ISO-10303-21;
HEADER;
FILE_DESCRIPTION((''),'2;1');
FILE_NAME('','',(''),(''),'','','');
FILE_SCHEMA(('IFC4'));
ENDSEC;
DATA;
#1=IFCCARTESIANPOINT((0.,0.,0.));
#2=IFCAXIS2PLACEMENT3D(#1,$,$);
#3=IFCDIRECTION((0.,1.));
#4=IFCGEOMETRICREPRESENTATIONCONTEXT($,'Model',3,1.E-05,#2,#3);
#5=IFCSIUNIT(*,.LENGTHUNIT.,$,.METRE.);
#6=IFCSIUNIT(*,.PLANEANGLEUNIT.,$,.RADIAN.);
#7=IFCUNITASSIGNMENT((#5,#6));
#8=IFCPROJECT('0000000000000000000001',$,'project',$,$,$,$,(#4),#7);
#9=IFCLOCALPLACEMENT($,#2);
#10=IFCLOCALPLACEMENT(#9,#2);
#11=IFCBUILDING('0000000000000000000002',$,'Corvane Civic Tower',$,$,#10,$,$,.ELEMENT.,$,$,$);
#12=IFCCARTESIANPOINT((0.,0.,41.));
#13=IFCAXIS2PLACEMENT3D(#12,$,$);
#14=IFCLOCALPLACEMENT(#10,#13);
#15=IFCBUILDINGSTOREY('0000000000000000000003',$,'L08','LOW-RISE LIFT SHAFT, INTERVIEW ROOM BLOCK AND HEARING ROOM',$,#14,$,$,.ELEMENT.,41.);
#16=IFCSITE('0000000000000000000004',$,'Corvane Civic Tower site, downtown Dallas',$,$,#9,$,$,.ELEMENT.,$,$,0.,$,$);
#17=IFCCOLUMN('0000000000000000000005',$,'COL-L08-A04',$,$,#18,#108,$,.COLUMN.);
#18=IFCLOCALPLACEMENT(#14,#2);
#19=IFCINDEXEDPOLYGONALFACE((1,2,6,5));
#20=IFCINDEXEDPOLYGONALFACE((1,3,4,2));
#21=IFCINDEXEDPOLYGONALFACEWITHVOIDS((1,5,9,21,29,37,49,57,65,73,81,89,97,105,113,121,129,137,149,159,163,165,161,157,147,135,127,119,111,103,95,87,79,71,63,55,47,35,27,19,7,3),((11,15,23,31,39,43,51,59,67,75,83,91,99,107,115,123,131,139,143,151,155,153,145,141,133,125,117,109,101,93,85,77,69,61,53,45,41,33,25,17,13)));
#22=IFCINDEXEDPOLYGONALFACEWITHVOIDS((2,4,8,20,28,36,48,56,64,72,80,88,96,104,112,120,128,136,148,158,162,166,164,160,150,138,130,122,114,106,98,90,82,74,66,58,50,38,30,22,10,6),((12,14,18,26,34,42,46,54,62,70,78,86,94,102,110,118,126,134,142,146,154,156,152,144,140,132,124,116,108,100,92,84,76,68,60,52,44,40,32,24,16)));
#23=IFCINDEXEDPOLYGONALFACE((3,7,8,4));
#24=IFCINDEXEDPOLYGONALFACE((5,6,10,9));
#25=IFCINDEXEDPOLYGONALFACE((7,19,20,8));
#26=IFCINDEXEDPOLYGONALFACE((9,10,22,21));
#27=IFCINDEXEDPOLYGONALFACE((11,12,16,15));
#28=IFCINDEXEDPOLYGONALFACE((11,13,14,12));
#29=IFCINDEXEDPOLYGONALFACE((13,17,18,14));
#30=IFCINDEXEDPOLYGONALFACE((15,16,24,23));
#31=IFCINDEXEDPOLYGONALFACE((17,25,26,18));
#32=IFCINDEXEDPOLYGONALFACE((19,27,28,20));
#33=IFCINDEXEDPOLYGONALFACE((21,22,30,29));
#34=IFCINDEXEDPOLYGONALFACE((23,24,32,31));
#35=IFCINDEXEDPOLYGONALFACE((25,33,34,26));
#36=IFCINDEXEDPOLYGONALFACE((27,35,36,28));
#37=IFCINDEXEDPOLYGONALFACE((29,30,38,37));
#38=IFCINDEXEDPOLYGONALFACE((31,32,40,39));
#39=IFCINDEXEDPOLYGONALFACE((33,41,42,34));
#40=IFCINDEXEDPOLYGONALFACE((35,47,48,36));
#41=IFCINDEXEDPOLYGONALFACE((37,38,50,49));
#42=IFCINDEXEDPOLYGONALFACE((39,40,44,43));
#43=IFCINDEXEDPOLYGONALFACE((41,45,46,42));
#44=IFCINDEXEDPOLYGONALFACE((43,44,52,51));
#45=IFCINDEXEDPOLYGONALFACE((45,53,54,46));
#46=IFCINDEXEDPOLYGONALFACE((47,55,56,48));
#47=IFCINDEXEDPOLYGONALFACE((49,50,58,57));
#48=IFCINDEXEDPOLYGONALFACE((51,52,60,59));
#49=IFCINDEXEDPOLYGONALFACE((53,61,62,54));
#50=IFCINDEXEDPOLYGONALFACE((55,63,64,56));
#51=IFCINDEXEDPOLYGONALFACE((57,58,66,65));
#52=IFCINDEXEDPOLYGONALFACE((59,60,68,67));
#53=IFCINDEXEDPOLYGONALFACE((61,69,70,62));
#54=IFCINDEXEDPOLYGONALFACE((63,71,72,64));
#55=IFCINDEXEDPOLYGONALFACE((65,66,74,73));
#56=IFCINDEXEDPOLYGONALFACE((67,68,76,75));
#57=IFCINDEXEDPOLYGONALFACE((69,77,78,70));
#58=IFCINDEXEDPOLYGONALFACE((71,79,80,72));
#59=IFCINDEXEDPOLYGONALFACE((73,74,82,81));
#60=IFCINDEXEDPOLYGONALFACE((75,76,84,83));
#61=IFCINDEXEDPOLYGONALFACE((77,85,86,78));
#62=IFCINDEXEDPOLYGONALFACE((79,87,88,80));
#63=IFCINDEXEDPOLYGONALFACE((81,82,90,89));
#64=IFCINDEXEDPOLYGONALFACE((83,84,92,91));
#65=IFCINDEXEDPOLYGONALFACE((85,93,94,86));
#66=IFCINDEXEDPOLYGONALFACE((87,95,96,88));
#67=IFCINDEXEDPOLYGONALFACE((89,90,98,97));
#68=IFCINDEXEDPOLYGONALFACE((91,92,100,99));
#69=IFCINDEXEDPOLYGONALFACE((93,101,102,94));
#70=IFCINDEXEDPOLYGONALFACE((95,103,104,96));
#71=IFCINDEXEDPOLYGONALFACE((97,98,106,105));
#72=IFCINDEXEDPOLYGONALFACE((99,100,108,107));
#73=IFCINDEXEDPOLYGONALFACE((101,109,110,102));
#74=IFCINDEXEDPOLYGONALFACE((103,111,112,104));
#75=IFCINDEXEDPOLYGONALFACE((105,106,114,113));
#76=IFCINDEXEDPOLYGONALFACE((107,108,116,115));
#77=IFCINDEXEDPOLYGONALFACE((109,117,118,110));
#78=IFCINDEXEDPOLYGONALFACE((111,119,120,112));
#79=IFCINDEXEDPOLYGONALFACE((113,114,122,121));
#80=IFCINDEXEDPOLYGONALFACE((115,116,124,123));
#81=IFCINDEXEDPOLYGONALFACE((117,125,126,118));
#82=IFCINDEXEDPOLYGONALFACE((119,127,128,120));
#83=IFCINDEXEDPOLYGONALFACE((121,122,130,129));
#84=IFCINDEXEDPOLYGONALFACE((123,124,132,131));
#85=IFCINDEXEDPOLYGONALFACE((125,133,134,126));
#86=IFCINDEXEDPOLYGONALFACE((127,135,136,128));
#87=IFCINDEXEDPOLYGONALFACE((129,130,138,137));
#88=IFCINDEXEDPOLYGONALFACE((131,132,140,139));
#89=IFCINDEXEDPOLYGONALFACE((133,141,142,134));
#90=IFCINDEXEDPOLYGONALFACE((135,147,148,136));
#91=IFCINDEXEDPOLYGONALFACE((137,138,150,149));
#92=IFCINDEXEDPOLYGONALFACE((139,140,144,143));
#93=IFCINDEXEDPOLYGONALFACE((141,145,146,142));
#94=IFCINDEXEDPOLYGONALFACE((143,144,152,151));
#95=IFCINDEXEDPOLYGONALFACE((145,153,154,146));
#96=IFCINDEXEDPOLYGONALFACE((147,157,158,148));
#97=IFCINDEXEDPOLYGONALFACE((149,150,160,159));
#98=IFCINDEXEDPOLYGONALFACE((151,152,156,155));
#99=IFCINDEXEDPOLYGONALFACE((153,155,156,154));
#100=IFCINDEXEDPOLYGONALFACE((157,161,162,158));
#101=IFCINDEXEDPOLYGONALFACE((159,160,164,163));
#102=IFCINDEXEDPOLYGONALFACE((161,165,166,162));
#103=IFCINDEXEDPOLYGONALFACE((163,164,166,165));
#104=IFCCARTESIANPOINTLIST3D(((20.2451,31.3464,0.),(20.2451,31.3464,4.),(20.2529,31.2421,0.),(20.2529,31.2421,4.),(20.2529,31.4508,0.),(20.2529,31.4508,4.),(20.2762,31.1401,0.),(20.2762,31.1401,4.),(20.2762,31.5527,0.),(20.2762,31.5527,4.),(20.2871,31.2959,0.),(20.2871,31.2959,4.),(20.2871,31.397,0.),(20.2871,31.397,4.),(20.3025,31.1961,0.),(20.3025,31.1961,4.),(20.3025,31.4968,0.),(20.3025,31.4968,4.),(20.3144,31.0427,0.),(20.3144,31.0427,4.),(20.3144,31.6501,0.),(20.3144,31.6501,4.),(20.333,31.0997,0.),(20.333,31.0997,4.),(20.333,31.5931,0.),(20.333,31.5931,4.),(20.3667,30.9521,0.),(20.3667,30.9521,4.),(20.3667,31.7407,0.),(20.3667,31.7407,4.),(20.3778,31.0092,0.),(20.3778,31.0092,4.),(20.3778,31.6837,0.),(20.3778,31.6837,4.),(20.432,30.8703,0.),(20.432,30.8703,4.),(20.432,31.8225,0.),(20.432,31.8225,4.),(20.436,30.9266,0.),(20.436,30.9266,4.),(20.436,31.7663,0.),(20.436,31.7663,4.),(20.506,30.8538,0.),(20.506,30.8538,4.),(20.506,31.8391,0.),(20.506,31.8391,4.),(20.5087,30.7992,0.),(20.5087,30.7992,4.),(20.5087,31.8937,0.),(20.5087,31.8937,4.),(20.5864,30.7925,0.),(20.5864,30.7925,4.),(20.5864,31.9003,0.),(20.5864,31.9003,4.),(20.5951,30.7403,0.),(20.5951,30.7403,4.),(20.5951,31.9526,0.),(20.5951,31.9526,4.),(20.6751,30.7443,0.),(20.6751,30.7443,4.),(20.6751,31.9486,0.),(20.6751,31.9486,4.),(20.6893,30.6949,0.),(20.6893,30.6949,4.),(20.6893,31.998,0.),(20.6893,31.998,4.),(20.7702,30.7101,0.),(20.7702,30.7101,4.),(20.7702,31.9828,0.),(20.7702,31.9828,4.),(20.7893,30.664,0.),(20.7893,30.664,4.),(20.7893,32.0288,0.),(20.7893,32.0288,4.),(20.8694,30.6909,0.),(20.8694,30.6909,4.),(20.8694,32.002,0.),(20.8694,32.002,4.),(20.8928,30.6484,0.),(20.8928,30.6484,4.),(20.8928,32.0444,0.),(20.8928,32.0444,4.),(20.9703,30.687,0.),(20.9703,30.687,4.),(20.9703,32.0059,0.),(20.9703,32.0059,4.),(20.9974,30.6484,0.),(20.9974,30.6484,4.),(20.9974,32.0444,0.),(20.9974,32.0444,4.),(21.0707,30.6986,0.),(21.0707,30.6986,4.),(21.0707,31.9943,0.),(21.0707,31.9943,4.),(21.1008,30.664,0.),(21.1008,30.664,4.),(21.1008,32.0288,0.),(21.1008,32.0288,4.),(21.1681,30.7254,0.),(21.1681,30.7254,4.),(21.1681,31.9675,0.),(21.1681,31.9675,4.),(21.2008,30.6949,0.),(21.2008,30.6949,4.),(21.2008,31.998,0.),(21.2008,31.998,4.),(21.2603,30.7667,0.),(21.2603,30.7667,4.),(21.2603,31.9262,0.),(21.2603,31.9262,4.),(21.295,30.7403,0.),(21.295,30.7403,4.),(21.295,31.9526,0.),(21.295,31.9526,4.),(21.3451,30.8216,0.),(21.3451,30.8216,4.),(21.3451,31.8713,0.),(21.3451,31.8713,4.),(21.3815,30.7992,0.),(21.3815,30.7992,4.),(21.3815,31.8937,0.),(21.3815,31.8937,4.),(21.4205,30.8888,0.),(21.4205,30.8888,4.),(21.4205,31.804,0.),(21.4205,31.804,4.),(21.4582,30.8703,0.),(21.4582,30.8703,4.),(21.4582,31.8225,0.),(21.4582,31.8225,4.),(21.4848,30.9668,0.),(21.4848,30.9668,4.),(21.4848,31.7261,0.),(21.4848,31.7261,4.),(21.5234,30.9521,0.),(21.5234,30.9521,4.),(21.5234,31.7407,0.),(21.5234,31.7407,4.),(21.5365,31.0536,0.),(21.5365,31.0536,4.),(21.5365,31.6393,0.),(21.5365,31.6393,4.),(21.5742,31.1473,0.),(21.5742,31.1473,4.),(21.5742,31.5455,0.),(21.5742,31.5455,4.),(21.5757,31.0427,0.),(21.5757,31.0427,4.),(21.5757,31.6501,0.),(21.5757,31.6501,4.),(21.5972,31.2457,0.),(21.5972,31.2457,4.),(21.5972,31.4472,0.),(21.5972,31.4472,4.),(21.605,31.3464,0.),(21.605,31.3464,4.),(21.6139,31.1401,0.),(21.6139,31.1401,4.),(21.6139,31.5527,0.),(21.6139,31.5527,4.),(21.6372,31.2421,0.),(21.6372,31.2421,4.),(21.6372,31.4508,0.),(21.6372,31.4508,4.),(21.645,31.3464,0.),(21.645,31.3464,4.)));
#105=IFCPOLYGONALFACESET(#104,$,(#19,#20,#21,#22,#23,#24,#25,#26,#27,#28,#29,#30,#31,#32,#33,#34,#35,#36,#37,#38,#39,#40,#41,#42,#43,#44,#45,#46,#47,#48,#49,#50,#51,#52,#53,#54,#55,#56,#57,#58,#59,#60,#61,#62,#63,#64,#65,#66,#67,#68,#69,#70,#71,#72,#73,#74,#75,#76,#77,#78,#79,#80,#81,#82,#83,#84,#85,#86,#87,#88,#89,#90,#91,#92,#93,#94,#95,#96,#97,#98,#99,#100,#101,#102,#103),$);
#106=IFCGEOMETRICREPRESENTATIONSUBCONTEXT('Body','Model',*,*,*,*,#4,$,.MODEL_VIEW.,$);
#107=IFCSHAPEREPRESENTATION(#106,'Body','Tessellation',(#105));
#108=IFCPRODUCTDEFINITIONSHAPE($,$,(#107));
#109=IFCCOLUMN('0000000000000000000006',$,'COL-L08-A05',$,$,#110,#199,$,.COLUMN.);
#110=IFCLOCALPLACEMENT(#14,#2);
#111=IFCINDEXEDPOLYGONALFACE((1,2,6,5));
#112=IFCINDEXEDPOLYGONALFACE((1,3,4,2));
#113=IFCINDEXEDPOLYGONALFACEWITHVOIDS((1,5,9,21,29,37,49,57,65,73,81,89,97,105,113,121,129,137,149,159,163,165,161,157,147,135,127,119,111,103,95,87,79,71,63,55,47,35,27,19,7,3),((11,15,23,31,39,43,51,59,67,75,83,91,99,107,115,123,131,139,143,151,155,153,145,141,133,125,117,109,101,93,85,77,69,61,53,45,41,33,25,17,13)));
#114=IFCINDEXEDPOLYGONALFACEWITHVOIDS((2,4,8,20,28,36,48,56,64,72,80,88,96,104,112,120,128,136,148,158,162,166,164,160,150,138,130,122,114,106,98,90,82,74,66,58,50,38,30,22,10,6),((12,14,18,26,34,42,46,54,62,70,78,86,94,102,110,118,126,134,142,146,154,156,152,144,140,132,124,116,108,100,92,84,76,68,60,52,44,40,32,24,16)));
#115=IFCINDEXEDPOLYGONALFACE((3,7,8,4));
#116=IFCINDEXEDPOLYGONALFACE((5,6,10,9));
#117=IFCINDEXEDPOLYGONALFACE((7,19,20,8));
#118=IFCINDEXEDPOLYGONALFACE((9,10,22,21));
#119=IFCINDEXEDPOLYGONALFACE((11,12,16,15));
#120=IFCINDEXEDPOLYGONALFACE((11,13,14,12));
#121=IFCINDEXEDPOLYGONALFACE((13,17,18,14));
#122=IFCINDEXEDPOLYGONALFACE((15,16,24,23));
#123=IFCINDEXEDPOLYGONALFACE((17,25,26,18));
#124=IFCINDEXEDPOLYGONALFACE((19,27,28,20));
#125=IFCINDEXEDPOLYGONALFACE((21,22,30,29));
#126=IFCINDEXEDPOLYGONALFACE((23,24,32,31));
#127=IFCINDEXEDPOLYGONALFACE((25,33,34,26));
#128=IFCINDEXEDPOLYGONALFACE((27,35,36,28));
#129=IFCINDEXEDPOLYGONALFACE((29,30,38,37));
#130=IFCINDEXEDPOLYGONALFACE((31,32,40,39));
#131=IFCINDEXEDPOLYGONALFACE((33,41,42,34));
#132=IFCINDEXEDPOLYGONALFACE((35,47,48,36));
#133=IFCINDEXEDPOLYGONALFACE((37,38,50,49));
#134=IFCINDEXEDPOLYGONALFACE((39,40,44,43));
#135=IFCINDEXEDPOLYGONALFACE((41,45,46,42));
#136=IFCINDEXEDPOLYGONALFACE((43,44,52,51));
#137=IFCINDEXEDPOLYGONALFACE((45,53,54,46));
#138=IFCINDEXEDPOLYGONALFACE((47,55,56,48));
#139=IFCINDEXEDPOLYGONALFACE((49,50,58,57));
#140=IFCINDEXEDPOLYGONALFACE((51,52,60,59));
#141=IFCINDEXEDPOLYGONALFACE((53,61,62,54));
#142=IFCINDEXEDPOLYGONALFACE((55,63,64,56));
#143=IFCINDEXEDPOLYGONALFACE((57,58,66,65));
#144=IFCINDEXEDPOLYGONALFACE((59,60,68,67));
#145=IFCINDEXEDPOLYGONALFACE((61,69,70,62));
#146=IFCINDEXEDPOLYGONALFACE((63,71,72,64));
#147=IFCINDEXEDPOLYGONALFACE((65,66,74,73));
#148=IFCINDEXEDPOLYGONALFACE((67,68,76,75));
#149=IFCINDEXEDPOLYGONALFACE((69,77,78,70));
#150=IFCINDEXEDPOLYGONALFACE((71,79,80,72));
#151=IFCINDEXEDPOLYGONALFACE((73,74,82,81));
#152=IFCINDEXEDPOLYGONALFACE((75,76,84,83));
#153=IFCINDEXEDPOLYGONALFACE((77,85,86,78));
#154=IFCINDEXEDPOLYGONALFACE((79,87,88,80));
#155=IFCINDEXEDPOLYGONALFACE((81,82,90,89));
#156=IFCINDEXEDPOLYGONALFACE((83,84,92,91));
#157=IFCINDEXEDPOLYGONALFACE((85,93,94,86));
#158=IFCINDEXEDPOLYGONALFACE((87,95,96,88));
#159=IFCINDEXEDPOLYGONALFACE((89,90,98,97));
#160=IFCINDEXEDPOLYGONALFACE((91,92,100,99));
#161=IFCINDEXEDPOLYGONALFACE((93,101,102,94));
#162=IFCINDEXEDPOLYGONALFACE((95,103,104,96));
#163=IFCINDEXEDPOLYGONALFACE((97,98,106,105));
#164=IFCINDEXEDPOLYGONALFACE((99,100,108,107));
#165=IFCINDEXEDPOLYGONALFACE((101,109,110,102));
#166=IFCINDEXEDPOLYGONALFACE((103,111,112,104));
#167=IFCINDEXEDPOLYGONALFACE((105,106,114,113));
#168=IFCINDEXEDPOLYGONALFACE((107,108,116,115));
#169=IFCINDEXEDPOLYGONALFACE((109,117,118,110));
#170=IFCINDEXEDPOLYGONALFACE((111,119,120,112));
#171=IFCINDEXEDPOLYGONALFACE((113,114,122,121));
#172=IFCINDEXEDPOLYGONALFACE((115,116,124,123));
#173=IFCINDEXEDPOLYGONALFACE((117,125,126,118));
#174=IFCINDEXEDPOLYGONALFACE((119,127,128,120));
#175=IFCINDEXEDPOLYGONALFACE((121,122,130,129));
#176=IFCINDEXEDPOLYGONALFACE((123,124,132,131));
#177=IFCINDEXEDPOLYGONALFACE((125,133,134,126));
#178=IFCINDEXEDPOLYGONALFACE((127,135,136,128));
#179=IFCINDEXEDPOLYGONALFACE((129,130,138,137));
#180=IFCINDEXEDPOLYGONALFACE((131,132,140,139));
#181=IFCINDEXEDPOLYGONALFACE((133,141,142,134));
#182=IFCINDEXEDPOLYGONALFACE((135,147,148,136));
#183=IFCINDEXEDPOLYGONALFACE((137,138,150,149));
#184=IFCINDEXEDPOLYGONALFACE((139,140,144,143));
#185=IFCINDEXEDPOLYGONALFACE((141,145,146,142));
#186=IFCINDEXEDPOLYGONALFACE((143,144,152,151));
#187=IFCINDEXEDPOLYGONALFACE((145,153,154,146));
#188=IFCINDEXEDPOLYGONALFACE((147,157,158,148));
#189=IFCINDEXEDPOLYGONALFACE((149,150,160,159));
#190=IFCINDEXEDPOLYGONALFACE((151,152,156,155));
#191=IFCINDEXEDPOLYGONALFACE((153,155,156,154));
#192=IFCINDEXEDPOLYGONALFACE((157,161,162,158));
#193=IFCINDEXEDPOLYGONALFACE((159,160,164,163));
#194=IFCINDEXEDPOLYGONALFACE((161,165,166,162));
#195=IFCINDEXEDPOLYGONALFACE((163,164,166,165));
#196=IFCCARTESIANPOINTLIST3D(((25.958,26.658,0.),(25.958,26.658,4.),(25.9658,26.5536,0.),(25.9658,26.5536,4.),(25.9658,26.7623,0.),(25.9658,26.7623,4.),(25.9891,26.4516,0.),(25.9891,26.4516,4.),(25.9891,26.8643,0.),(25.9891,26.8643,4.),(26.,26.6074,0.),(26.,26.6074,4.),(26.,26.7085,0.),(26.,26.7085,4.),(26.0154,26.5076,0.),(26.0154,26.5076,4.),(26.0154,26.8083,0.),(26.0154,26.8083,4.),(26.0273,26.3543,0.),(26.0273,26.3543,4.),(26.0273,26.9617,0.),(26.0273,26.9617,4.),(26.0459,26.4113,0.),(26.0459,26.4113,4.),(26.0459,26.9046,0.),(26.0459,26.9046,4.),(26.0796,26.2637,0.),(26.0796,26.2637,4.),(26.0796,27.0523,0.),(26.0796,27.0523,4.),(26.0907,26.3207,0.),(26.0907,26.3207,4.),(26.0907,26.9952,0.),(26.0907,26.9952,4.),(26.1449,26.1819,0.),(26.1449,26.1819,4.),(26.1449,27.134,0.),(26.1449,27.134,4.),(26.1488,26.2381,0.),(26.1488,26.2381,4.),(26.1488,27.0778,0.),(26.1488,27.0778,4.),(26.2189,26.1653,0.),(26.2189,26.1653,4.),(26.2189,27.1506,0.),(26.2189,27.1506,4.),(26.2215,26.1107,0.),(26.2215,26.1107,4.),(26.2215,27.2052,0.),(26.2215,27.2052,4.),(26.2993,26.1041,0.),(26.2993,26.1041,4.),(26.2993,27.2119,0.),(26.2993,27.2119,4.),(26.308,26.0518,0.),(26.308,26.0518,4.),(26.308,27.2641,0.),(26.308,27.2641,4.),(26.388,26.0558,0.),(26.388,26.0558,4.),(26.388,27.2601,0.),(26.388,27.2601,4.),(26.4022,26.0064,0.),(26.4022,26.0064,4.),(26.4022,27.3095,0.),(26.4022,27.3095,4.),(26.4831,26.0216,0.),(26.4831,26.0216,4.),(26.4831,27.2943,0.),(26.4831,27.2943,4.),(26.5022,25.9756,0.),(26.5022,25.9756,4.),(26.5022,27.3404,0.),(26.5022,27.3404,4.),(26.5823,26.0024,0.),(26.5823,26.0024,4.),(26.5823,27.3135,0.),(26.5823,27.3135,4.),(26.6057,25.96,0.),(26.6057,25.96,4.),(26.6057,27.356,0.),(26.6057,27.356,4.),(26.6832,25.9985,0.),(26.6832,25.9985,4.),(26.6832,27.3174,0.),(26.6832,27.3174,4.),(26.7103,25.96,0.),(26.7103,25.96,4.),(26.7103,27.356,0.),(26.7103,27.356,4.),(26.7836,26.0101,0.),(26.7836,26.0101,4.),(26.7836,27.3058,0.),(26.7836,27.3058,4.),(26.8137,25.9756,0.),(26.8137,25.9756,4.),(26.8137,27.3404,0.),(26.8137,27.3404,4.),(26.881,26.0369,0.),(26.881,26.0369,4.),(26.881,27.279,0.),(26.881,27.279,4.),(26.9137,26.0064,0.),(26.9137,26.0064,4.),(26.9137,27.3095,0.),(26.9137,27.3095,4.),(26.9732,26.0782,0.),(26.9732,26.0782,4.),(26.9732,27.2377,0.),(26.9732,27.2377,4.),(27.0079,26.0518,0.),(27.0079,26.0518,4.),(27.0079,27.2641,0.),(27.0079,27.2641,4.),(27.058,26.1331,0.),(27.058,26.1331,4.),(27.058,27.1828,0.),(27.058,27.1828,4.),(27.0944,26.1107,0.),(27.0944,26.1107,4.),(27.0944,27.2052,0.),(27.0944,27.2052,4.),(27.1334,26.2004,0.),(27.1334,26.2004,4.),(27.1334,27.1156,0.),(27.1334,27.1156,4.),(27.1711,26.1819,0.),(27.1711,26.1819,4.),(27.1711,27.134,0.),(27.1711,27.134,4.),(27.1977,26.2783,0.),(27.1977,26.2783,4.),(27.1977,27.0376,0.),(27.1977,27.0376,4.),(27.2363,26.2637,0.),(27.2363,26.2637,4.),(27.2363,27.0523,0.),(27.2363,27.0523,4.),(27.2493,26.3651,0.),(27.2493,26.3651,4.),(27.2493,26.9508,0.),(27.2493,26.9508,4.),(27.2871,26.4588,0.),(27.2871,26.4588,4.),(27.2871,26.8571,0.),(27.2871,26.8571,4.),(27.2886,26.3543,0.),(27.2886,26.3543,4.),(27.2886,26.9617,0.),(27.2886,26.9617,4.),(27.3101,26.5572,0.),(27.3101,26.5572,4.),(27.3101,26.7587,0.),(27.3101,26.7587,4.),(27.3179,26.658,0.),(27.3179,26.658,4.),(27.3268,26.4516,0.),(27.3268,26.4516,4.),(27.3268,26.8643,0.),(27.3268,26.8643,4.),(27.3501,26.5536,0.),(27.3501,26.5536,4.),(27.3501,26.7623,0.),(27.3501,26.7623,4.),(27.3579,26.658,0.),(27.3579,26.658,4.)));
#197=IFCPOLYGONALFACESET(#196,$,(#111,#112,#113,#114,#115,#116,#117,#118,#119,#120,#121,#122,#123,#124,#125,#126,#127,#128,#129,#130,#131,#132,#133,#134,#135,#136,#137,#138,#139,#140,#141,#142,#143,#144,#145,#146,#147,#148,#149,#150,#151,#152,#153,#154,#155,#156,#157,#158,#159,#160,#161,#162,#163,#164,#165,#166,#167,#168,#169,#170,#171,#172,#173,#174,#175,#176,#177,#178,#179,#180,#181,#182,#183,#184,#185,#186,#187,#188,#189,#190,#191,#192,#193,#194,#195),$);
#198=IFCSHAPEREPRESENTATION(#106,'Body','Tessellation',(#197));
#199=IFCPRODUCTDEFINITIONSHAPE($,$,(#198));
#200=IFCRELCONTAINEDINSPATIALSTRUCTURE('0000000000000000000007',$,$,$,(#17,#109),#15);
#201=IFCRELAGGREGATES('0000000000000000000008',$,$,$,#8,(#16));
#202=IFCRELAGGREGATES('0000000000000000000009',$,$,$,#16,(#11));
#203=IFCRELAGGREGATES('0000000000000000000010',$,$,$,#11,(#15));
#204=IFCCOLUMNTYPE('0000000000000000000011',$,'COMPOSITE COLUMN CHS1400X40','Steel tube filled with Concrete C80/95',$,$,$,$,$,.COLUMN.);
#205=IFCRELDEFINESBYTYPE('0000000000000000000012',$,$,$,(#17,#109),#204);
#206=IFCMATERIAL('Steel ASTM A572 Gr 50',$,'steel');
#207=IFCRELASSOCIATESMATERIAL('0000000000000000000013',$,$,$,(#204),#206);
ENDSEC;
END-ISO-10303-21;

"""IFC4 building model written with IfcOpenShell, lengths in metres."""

from ifc_helpers import new_model, si_unit, direction, frame, origin, origin_2d, place, context, subcontext, project, spatial, hollow_circle, extrude, material, material_profile, profile_set, type_object, element, save


model = new_model("IFC4")

# Units and contexts
model_context = context("Model", 3, precision=1e-05, world=origin(), true_north=direction((0.0, 1.0)))
body_context = subcontext(model_context, "Body", "Model", "MODEL_VIEW")
ifc_project = project(units=[si_unit("LENGTHUNIT", "METRE"), si_unit("PLANEANGLEUNIT", "RADIAN")], contexts=[model_context])

# Site, building, storey
site_placement = place(None, origin())
site = spatial("IfcSite", under=ifc_project, at=site_placement, Name="Corvane Civic Tower site, downtown Dallas", CompositionType="ELEMENT", RefElevation=0.0)
building_placement = place(site_placement, origin())
building = spatial("IfcBuilding", under=site, at=building_placement, Name="Corvane Civic Tower", CompositionType="ELEMENT")
storey_placement = place(building_placement, frame((0.0, 0.0, 41.0)))
storey = spatial("IfcBuildingStorey", under=building, at=storey_placement, Name="L08", Description="LOW-RISE LIFT SHAFT, INTERVIEW ROOM BLOCK AND HEARING ROOM", CompositionType="ELEMENT", Elevation=41.0)

# Columns
ifc_material_1 = material(Name="Steel ASTM A572 Gr 50", Category="steel")
ifc_material_profile_1 = material_profile(ifc_material_1, hollow_circle(Radius=0.7, WallThickness=0.04, at=origin_2d()), Name="CHS1400X40")
ifc_profile_set_1 = profile_set([ifc_material_profile_1], Name="Steel ASTM A572 Gr 50")
column_type = type_object("IfcColumnType", Name="COMPOSITE COLUMN CHS1400X40", Description="Steel tube filled with Concrete C80/95", PredefinedType="COLUMN", material=ifc_profile_set_1)
for number, where, z_axis, x_axis, name in (
    (1, (20.9451, 31.3464, 0.0), (0.0, 0.0, 1.0), (1.0, 0.0, 0.0), "COL-L08-A04"),
    (2, (26.658, 26.658, 0.0), (0.0, 0.0, 1.0), (1.0, 0.0, 0.0), "COL-L08-A05"),
):
    element("IfcColumn", number, at=place(storey_placement, frame(where, z_axis=z_axis, x_axis=x_axis)), inside=storey, type_object=column_type, Name=name, PredefinedType="COLUMN", context=body_context, shape_type="SweptSolid", body=[
        extrude(hollow_circle(Radius=0.7, WallThickness=0.04, at=origin_2d()), origin(), (0.0, 0.0, 1.0), 4.0),
    ])

save(model, "model.ifc")
